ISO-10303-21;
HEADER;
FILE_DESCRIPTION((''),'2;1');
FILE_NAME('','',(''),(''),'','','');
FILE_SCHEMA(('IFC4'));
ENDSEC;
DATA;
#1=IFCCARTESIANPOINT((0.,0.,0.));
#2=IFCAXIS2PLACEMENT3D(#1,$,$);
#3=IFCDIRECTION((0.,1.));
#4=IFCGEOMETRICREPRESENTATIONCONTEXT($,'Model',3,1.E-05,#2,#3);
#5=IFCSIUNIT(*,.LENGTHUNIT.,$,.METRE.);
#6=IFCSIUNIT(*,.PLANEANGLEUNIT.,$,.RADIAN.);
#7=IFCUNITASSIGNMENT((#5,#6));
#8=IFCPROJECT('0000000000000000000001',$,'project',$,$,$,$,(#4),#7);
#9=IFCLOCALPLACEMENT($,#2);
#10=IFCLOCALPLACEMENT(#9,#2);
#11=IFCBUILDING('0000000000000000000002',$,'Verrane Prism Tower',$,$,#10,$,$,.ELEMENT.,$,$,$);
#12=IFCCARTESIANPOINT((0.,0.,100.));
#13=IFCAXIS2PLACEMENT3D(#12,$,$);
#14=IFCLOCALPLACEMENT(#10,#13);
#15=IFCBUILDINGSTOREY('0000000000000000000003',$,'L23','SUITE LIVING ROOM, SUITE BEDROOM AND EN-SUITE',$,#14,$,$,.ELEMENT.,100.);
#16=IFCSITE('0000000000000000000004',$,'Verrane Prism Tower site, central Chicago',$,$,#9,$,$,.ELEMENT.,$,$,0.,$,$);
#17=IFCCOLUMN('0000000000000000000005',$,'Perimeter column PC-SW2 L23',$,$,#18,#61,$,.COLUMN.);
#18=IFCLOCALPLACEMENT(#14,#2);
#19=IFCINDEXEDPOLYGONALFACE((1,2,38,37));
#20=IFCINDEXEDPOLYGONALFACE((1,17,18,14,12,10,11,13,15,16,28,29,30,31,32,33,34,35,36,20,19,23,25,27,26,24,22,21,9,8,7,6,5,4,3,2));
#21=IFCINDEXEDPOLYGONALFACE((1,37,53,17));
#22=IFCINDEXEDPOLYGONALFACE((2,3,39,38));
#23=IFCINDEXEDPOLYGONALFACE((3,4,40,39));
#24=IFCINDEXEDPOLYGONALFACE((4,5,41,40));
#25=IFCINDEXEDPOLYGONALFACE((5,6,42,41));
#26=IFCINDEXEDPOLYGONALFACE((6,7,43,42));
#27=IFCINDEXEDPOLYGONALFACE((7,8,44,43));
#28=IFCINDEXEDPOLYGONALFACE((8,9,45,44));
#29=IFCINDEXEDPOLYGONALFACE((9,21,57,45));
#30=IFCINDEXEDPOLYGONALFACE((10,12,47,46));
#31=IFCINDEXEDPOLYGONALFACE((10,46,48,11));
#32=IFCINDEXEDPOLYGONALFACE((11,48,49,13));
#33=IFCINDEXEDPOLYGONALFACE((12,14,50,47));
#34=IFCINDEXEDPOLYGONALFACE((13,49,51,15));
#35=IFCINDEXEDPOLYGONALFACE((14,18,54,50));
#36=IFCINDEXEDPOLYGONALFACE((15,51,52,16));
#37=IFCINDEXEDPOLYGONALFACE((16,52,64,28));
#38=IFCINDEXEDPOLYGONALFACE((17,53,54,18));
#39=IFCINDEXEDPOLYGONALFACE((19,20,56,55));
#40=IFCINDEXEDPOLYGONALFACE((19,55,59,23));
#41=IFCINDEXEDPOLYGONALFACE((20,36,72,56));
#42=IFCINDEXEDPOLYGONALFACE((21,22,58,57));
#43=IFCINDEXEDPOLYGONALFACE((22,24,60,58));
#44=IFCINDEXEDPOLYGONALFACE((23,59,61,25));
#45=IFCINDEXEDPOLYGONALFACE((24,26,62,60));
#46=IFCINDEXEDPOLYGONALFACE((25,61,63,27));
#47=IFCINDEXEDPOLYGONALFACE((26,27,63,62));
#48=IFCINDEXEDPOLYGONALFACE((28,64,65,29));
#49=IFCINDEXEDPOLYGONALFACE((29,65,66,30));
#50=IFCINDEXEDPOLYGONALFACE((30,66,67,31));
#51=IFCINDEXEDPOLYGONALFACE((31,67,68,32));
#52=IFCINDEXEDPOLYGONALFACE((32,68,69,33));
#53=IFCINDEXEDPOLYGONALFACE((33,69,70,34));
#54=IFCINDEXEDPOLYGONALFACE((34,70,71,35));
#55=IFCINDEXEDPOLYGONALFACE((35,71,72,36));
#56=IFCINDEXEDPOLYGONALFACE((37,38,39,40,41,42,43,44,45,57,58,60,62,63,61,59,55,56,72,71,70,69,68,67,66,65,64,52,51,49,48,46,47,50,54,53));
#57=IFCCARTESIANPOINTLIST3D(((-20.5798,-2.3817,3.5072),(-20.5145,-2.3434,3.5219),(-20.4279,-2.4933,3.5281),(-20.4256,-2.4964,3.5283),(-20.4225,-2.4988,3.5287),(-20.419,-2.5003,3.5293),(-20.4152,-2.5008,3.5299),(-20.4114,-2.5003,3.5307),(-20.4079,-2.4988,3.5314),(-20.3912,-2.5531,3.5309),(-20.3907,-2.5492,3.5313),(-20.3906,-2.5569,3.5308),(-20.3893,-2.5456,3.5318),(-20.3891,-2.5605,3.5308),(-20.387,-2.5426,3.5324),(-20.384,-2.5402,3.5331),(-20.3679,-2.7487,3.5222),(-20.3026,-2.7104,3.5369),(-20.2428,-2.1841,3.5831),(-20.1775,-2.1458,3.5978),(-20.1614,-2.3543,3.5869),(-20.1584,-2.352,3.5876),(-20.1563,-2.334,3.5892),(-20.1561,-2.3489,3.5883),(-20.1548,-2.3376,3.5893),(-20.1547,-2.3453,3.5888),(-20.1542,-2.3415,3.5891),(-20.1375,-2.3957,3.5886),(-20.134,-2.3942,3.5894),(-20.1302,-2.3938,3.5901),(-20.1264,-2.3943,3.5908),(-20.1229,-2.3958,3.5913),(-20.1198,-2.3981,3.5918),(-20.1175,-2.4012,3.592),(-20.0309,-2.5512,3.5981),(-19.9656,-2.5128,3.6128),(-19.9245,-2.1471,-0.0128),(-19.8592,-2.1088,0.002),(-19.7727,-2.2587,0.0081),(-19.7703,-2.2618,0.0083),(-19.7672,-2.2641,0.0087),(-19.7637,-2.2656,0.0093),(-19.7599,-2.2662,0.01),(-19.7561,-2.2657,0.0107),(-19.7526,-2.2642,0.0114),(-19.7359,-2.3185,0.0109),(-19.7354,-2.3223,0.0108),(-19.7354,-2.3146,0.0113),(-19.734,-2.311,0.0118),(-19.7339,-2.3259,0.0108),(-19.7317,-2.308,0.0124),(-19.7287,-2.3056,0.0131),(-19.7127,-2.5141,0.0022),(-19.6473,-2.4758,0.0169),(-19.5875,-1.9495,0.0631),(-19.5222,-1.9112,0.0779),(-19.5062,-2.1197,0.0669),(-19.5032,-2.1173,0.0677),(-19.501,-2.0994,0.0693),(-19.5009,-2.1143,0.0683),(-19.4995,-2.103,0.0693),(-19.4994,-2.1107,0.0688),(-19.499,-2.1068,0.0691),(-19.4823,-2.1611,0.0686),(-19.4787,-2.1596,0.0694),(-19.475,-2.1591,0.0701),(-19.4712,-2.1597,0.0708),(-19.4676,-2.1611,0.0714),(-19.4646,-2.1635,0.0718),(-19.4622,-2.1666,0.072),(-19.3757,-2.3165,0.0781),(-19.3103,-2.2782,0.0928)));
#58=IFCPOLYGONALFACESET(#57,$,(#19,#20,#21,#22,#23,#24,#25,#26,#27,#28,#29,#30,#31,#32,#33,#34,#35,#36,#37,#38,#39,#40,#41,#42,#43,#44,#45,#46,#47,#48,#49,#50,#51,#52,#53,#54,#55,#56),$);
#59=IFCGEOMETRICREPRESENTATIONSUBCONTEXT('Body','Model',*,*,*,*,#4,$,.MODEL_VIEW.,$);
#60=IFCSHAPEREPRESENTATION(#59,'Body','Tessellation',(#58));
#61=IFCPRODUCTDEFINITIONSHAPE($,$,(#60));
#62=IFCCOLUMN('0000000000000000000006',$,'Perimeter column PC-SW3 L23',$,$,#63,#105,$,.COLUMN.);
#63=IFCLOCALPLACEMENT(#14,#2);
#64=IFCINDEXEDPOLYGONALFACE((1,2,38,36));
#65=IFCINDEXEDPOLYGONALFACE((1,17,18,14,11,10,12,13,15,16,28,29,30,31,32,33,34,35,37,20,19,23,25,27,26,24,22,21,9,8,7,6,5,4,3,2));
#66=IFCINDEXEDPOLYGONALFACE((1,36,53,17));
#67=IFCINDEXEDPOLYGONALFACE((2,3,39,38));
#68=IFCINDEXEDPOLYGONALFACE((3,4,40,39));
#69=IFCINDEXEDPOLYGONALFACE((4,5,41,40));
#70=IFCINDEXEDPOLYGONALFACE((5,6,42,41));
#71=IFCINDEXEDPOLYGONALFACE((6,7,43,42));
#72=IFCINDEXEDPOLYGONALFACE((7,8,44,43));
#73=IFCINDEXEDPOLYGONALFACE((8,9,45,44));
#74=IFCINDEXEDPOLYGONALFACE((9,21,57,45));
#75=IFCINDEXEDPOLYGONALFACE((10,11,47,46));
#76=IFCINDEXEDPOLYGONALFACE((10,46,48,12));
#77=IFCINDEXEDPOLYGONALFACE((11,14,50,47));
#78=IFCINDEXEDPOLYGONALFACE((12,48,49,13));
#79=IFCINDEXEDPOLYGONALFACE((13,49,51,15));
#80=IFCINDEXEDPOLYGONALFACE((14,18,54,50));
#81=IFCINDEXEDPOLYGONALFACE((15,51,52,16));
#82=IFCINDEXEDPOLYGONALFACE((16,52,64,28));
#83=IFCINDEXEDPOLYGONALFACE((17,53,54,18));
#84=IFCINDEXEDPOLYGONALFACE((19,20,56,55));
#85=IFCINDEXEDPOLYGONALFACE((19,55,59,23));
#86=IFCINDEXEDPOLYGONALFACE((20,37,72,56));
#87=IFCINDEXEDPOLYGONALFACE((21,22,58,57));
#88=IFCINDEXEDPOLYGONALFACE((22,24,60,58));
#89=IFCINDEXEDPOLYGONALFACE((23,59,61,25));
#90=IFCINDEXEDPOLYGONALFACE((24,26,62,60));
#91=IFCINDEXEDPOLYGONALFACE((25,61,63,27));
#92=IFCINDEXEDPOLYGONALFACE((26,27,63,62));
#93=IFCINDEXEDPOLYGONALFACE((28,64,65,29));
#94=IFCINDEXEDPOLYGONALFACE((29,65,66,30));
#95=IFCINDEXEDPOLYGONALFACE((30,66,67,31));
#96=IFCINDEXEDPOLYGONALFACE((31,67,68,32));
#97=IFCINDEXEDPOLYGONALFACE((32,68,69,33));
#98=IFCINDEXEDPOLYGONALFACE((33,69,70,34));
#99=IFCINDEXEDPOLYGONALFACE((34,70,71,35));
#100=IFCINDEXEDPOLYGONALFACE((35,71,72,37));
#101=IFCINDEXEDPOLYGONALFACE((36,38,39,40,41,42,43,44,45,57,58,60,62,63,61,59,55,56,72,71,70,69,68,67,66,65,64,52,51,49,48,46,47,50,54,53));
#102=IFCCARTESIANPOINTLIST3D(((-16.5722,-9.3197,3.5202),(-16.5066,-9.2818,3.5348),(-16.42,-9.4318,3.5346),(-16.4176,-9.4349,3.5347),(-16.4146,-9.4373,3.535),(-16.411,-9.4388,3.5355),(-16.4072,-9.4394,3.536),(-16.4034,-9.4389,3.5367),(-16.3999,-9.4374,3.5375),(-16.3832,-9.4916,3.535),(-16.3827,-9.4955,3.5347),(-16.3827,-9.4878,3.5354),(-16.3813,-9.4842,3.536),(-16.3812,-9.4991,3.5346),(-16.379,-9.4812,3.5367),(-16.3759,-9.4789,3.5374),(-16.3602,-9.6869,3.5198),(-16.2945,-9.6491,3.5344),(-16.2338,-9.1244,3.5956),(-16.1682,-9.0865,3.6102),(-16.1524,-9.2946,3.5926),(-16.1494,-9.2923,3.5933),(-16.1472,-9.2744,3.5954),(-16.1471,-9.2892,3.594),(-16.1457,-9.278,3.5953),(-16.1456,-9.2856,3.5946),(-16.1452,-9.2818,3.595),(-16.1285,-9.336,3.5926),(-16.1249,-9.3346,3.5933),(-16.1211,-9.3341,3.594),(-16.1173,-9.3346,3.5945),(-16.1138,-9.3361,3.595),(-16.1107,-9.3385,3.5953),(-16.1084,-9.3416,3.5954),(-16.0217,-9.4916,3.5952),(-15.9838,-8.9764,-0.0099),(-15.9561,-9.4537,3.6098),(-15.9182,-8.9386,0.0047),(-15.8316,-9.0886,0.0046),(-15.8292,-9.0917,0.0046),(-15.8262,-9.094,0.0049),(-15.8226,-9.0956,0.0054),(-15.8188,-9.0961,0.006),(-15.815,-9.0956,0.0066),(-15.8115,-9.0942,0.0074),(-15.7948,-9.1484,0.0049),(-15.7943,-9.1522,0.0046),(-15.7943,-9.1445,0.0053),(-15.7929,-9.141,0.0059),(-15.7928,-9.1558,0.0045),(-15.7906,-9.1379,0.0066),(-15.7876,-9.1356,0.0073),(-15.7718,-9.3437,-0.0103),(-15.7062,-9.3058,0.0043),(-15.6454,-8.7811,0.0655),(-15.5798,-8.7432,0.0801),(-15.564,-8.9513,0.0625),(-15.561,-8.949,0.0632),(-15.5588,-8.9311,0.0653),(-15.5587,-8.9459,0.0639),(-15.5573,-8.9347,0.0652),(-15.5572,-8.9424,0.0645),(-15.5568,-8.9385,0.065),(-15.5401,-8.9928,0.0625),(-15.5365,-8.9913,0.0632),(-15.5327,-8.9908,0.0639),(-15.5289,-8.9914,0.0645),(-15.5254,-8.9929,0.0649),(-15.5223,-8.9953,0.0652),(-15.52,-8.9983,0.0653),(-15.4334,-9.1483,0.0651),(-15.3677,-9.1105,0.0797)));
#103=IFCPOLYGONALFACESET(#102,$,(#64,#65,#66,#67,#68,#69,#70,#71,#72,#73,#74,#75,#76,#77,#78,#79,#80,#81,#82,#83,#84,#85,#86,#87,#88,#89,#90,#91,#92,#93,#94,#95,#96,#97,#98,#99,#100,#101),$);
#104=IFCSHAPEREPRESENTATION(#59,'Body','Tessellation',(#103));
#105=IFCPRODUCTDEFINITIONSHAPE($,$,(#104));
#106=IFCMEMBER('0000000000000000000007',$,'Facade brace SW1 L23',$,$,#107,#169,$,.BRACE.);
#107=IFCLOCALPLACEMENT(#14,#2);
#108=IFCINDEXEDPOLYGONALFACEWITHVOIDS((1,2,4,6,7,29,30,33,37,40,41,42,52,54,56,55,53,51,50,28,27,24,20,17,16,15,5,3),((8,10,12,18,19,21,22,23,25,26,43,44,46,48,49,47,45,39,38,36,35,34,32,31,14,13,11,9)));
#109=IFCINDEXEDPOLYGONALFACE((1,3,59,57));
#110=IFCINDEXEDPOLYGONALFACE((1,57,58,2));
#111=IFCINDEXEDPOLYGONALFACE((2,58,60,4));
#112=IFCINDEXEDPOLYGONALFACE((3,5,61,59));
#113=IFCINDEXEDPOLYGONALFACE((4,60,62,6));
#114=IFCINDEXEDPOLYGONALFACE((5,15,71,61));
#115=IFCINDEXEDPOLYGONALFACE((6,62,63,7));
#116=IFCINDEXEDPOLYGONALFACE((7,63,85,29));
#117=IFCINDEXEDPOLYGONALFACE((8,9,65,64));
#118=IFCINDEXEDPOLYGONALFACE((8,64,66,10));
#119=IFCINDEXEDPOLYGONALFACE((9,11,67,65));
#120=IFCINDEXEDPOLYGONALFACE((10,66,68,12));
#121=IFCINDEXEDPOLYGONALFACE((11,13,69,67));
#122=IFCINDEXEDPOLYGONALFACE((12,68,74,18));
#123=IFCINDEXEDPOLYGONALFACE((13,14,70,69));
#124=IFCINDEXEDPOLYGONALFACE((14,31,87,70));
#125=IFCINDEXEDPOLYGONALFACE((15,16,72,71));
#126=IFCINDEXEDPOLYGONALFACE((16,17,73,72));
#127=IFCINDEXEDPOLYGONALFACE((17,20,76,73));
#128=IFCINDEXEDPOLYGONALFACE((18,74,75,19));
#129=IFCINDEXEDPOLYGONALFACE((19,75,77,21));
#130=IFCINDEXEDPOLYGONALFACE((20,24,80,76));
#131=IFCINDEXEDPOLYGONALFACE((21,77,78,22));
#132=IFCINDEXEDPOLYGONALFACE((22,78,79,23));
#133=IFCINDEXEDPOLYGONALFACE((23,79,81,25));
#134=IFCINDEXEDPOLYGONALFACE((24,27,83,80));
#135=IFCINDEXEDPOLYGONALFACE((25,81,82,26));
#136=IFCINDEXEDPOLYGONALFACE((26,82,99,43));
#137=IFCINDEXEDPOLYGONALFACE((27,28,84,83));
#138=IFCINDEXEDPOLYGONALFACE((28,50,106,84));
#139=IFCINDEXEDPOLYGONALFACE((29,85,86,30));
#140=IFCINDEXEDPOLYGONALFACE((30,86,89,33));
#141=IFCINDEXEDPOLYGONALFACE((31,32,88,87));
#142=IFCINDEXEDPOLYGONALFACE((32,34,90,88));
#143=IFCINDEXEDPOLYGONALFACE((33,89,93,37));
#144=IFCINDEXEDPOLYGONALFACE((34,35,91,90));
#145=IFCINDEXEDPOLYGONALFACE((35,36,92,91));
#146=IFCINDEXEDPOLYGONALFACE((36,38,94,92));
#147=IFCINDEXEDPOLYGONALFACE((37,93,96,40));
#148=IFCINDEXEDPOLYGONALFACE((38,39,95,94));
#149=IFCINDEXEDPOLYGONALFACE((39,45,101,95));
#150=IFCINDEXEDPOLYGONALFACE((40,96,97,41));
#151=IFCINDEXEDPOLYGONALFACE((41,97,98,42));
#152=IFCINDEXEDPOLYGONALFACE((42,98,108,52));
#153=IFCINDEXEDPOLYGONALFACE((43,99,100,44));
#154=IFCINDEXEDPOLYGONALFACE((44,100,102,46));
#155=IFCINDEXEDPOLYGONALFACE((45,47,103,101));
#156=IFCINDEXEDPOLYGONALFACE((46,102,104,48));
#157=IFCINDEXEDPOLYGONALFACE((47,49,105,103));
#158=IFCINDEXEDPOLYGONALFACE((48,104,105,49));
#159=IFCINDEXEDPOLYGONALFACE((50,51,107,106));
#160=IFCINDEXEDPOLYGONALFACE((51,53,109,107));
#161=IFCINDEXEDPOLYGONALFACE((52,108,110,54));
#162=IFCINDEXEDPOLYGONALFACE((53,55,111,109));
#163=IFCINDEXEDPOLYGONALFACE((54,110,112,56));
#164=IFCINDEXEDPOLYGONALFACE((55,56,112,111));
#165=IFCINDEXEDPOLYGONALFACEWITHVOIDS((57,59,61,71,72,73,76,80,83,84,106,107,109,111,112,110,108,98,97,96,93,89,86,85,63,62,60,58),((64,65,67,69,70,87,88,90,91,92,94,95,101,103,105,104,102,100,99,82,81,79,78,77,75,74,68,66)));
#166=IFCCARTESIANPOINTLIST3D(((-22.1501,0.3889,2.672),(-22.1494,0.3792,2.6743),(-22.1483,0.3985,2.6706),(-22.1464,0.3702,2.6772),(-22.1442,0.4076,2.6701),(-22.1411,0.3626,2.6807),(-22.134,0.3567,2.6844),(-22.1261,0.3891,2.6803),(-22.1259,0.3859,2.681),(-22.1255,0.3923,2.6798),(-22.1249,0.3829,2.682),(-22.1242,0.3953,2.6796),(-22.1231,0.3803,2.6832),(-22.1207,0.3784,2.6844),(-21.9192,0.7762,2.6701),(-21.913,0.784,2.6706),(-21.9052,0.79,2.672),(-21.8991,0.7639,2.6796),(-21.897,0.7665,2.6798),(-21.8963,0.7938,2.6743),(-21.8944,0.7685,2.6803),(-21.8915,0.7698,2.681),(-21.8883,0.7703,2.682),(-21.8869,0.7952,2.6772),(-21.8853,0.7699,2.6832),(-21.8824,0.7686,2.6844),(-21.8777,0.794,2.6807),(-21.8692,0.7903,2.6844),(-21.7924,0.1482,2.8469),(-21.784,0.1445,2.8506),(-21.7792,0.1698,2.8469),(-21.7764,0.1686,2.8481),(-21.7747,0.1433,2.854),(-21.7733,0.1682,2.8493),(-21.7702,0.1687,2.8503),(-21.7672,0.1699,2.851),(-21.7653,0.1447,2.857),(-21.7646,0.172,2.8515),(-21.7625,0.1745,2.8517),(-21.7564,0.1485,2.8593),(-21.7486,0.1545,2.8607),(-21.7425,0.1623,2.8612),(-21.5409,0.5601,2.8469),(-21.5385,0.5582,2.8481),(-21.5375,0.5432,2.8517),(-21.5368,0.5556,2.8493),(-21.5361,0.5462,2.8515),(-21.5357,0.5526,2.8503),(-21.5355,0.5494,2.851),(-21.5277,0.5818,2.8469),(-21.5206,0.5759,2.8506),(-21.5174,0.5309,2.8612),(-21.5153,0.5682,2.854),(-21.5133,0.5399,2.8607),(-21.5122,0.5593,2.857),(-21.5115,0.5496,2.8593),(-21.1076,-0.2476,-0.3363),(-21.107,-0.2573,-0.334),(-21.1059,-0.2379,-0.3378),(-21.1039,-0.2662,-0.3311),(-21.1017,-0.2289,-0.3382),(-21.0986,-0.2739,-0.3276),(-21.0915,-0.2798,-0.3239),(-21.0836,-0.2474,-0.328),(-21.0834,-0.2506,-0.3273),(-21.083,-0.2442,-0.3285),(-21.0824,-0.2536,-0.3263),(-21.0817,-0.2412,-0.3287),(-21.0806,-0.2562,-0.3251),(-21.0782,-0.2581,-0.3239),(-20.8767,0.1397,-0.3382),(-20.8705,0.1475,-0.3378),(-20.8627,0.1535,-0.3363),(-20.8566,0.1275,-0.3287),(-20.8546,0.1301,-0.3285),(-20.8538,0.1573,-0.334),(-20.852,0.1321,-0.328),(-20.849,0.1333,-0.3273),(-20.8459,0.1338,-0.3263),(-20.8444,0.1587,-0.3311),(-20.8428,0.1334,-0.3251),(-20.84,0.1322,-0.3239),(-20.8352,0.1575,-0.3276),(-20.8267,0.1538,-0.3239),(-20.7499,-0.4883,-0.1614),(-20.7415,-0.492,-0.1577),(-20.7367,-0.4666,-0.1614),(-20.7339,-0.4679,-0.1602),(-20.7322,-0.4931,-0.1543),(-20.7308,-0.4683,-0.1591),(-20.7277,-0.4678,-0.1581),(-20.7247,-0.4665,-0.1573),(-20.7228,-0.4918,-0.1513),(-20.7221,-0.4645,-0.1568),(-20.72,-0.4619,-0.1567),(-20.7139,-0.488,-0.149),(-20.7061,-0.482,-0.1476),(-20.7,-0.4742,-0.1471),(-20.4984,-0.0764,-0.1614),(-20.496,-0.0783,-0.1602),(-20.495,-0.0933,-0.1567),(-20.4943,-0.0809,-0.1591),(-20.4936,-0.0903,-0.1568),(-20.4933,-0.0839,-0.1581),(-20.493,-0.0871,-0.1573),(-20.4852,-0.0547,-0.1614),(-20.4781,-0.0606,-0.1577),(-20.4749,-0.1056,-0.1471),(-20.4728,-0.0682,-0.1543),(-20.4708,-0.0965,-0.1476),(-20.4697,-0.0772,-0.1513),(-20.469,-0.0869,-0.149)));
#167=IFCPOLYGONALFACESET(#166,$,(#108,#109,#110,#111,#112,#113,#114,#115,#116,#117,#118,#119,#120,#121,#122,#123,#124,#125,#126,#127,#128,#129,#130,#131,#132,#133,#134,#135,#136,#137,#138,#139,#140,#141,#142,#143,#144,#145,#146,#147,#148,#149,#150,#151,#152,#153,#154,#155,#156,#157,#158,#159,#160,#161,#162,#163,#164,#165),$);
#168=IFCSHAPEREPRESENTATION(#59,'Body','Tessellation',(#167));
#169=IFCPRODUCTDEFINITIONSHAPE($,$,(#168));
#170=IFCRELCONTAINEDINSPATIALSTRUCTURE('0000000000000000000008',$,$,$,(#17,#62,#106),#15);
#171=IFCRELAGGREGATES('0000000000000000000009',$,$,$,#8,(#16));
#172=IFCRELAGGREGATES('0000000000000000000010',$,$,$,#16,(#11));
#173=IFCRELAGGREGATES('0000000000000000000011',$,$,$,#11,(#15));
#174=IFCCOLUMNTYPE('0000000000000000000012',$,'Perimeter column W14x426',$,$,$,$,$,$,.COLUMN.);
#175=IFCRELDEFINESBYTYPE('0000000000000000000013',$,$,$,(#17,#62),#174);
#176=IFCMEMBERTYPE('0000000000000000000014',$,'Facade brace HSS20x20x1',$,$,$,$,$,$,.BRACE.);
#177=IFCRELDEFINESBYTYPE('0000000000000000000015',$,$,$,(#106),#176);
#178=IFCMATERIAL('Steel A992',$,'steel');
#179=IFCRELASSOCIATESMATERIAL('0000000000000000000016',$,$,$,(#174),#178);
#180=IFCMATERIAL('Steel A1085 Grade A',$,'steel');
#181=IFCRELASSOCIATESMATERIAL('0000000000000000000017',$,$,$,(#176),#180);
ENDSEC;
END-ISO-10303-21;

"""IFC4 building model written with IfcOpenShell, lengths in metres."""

from ifc_helpers import new_model, si_unit, direction, frame, origin, origin_2d, place, context, subcontext, project, spatial, hollow_rectangle, i_section, extrude, material, material_profile, profile_set, type_object, element, save


model = new_model("IFC4")

# Units and contexts
model_context = context("Model", 3, precision=1e-05, world=origin(), true_north=direction((0.0, 1.0)))
body_context = subcontext(model_context, "Body", "Model", "MODEL_VIEW")
ifc_project = project(units=[si_unit("LENGTHUNIT", "METRE"), si_unit("PLANEANGLEUNIT", "RADIAN")], contexts=[model_context])

# Site, building, storey
site_placement = place(None, origin())
site = spatial("IfcSite", under=ifc_project, at=site_placement, Name="Verrane Prism Tower site, central Chicago", CompositionType="ELEMENT", RefElevation=0.0)
building_placement = place(site_placement, origin())
building = spatial("IfcBuilding", under=site, at=building_placement, Name="Verrane Prism Tower", CompositionType="ELEMENT")
storey_placement = place(building_placement, frame((0.0, 0.0, 100.0)))
storey = spatial("IfcBuildingStorey", under=building, at=storey_placement, Name="L23", Description="SUITE LIVING ROOM, SUITE BEDROOM AND EN-SUITE", CompositionType="ELEMENT", Elevation=100.0)

# Columns
ifc_material_1 = material(Name="Steel A992", Category="steel")
ifc_material_profile_1 = material_profile(ifc_material_1, i_section(OverallWidth=0.4241, OverallDepth=0.4751, WebThickness=0.0479, FlangeThickness=0.0771, FilletRadius=0.0149, at=origin_2d()), Name="W14x426")
ifc_profile_set_1 = profile_set([ifc_material_profile_1], Name="Steel A992")
column_type = type_object("IfcColumnType", Name="Perimeter column W14x426", PredefinedType="COLUMN", material=ifc_profile_set_1)
column_1_placement = place(storey_placement, frame((-19.6174, -2.2126, 0.04), z_axis=(-0.18262, -0.065387, 0.981007), x_axis=(-0.499563, 0.865558, -0.035305)))
element("IfcColumn", 1, at=column_1_placement, inside=storey, type_object=column_type, Name="Perimeter column PC-SW2 L23", PredefinedType="COLUMN", context=body_context, shape_type="SweptSolid", body=[
    extrude(i_section(OverallWidth=0.4241, OverallDepth=0.4751, WebThickness=0.0479, FlangeThickness=0.0771, FilletRadius=0.0149, at=origin_2d()), origin(), (0.0, 0.0, 1.0), 3.5881),
])
column_2_placement = place(storey_placement, frame((-15.6758, -9.0435, 0.0349), z_axis=(-0.163659, -0.095479, 0.981886), x_axis=(-0.500044, 0.866, 0.000864)))
element("IfcColumn", 2, at=column_2_placement, inside=storey, type_object=column_type, Name="Perimeter column PC-SW3 L23", PredefinedType="COLUMN", context=body_context, shape_type="SweptSolid", body=[
    extrude(i_section(OverallWidth=0.4241, OverallDepth=0.4751, WebThickness=0.0479, FlangeThickness=0.0771, FilletRadius=0.0149, at=origin_2d()), origin(), (0.0, 0.0, 1.0), 3.5952),
])

# Member
ifc_material_2 = material(Name="Steel A1085 Grade A", Category="steel")
ifc_material_profile_2 = material_profile(ifc_material_2, hollow_rectangle(XDim=0.5081, YDim=0.5081, WallThickness=0.0254, InnerFilletRadius=0.0127, OuterFilletRadius=0.0381, at=origin_2d()), Name="HSS20x20x1")
ifc_profile_set_2 = profile_set([ifc_material_profile_2], Name="Steel A1085 Grade A")
member_type_1 = type_object("IfcMemberType", Name="Facade brace HSS20x20x1", PredefinedType="BRACE", material=ifc_profile_set_2)
member_1_placement = place(storey_placement, frame((-20.7883, -0.1672, -0.2427), z_axis=(-0.321079, 0.196031, 0.926542), x_axis=(-0.521094, -0.853499, 0.0)))
element("IfcMember", 3, at=member_1_placement, inside=storey, type_object=member_type_1, Name="Facade brace SW1 L23", PredefinedType="BRACE", context=body_context, shape_type="SweptSolid", body=[
    extrude(hollow_rectangle(XDim=0.5081, YDim=0.5081, WallThickness=0.0254, InnerFilletRadius=0.0127, OuterFilletRadius=0.0381, at=origin_2d()), origin(), (0.0, 0.0, 1.0), 3.2468),
])

save(model, "model.ifc")
